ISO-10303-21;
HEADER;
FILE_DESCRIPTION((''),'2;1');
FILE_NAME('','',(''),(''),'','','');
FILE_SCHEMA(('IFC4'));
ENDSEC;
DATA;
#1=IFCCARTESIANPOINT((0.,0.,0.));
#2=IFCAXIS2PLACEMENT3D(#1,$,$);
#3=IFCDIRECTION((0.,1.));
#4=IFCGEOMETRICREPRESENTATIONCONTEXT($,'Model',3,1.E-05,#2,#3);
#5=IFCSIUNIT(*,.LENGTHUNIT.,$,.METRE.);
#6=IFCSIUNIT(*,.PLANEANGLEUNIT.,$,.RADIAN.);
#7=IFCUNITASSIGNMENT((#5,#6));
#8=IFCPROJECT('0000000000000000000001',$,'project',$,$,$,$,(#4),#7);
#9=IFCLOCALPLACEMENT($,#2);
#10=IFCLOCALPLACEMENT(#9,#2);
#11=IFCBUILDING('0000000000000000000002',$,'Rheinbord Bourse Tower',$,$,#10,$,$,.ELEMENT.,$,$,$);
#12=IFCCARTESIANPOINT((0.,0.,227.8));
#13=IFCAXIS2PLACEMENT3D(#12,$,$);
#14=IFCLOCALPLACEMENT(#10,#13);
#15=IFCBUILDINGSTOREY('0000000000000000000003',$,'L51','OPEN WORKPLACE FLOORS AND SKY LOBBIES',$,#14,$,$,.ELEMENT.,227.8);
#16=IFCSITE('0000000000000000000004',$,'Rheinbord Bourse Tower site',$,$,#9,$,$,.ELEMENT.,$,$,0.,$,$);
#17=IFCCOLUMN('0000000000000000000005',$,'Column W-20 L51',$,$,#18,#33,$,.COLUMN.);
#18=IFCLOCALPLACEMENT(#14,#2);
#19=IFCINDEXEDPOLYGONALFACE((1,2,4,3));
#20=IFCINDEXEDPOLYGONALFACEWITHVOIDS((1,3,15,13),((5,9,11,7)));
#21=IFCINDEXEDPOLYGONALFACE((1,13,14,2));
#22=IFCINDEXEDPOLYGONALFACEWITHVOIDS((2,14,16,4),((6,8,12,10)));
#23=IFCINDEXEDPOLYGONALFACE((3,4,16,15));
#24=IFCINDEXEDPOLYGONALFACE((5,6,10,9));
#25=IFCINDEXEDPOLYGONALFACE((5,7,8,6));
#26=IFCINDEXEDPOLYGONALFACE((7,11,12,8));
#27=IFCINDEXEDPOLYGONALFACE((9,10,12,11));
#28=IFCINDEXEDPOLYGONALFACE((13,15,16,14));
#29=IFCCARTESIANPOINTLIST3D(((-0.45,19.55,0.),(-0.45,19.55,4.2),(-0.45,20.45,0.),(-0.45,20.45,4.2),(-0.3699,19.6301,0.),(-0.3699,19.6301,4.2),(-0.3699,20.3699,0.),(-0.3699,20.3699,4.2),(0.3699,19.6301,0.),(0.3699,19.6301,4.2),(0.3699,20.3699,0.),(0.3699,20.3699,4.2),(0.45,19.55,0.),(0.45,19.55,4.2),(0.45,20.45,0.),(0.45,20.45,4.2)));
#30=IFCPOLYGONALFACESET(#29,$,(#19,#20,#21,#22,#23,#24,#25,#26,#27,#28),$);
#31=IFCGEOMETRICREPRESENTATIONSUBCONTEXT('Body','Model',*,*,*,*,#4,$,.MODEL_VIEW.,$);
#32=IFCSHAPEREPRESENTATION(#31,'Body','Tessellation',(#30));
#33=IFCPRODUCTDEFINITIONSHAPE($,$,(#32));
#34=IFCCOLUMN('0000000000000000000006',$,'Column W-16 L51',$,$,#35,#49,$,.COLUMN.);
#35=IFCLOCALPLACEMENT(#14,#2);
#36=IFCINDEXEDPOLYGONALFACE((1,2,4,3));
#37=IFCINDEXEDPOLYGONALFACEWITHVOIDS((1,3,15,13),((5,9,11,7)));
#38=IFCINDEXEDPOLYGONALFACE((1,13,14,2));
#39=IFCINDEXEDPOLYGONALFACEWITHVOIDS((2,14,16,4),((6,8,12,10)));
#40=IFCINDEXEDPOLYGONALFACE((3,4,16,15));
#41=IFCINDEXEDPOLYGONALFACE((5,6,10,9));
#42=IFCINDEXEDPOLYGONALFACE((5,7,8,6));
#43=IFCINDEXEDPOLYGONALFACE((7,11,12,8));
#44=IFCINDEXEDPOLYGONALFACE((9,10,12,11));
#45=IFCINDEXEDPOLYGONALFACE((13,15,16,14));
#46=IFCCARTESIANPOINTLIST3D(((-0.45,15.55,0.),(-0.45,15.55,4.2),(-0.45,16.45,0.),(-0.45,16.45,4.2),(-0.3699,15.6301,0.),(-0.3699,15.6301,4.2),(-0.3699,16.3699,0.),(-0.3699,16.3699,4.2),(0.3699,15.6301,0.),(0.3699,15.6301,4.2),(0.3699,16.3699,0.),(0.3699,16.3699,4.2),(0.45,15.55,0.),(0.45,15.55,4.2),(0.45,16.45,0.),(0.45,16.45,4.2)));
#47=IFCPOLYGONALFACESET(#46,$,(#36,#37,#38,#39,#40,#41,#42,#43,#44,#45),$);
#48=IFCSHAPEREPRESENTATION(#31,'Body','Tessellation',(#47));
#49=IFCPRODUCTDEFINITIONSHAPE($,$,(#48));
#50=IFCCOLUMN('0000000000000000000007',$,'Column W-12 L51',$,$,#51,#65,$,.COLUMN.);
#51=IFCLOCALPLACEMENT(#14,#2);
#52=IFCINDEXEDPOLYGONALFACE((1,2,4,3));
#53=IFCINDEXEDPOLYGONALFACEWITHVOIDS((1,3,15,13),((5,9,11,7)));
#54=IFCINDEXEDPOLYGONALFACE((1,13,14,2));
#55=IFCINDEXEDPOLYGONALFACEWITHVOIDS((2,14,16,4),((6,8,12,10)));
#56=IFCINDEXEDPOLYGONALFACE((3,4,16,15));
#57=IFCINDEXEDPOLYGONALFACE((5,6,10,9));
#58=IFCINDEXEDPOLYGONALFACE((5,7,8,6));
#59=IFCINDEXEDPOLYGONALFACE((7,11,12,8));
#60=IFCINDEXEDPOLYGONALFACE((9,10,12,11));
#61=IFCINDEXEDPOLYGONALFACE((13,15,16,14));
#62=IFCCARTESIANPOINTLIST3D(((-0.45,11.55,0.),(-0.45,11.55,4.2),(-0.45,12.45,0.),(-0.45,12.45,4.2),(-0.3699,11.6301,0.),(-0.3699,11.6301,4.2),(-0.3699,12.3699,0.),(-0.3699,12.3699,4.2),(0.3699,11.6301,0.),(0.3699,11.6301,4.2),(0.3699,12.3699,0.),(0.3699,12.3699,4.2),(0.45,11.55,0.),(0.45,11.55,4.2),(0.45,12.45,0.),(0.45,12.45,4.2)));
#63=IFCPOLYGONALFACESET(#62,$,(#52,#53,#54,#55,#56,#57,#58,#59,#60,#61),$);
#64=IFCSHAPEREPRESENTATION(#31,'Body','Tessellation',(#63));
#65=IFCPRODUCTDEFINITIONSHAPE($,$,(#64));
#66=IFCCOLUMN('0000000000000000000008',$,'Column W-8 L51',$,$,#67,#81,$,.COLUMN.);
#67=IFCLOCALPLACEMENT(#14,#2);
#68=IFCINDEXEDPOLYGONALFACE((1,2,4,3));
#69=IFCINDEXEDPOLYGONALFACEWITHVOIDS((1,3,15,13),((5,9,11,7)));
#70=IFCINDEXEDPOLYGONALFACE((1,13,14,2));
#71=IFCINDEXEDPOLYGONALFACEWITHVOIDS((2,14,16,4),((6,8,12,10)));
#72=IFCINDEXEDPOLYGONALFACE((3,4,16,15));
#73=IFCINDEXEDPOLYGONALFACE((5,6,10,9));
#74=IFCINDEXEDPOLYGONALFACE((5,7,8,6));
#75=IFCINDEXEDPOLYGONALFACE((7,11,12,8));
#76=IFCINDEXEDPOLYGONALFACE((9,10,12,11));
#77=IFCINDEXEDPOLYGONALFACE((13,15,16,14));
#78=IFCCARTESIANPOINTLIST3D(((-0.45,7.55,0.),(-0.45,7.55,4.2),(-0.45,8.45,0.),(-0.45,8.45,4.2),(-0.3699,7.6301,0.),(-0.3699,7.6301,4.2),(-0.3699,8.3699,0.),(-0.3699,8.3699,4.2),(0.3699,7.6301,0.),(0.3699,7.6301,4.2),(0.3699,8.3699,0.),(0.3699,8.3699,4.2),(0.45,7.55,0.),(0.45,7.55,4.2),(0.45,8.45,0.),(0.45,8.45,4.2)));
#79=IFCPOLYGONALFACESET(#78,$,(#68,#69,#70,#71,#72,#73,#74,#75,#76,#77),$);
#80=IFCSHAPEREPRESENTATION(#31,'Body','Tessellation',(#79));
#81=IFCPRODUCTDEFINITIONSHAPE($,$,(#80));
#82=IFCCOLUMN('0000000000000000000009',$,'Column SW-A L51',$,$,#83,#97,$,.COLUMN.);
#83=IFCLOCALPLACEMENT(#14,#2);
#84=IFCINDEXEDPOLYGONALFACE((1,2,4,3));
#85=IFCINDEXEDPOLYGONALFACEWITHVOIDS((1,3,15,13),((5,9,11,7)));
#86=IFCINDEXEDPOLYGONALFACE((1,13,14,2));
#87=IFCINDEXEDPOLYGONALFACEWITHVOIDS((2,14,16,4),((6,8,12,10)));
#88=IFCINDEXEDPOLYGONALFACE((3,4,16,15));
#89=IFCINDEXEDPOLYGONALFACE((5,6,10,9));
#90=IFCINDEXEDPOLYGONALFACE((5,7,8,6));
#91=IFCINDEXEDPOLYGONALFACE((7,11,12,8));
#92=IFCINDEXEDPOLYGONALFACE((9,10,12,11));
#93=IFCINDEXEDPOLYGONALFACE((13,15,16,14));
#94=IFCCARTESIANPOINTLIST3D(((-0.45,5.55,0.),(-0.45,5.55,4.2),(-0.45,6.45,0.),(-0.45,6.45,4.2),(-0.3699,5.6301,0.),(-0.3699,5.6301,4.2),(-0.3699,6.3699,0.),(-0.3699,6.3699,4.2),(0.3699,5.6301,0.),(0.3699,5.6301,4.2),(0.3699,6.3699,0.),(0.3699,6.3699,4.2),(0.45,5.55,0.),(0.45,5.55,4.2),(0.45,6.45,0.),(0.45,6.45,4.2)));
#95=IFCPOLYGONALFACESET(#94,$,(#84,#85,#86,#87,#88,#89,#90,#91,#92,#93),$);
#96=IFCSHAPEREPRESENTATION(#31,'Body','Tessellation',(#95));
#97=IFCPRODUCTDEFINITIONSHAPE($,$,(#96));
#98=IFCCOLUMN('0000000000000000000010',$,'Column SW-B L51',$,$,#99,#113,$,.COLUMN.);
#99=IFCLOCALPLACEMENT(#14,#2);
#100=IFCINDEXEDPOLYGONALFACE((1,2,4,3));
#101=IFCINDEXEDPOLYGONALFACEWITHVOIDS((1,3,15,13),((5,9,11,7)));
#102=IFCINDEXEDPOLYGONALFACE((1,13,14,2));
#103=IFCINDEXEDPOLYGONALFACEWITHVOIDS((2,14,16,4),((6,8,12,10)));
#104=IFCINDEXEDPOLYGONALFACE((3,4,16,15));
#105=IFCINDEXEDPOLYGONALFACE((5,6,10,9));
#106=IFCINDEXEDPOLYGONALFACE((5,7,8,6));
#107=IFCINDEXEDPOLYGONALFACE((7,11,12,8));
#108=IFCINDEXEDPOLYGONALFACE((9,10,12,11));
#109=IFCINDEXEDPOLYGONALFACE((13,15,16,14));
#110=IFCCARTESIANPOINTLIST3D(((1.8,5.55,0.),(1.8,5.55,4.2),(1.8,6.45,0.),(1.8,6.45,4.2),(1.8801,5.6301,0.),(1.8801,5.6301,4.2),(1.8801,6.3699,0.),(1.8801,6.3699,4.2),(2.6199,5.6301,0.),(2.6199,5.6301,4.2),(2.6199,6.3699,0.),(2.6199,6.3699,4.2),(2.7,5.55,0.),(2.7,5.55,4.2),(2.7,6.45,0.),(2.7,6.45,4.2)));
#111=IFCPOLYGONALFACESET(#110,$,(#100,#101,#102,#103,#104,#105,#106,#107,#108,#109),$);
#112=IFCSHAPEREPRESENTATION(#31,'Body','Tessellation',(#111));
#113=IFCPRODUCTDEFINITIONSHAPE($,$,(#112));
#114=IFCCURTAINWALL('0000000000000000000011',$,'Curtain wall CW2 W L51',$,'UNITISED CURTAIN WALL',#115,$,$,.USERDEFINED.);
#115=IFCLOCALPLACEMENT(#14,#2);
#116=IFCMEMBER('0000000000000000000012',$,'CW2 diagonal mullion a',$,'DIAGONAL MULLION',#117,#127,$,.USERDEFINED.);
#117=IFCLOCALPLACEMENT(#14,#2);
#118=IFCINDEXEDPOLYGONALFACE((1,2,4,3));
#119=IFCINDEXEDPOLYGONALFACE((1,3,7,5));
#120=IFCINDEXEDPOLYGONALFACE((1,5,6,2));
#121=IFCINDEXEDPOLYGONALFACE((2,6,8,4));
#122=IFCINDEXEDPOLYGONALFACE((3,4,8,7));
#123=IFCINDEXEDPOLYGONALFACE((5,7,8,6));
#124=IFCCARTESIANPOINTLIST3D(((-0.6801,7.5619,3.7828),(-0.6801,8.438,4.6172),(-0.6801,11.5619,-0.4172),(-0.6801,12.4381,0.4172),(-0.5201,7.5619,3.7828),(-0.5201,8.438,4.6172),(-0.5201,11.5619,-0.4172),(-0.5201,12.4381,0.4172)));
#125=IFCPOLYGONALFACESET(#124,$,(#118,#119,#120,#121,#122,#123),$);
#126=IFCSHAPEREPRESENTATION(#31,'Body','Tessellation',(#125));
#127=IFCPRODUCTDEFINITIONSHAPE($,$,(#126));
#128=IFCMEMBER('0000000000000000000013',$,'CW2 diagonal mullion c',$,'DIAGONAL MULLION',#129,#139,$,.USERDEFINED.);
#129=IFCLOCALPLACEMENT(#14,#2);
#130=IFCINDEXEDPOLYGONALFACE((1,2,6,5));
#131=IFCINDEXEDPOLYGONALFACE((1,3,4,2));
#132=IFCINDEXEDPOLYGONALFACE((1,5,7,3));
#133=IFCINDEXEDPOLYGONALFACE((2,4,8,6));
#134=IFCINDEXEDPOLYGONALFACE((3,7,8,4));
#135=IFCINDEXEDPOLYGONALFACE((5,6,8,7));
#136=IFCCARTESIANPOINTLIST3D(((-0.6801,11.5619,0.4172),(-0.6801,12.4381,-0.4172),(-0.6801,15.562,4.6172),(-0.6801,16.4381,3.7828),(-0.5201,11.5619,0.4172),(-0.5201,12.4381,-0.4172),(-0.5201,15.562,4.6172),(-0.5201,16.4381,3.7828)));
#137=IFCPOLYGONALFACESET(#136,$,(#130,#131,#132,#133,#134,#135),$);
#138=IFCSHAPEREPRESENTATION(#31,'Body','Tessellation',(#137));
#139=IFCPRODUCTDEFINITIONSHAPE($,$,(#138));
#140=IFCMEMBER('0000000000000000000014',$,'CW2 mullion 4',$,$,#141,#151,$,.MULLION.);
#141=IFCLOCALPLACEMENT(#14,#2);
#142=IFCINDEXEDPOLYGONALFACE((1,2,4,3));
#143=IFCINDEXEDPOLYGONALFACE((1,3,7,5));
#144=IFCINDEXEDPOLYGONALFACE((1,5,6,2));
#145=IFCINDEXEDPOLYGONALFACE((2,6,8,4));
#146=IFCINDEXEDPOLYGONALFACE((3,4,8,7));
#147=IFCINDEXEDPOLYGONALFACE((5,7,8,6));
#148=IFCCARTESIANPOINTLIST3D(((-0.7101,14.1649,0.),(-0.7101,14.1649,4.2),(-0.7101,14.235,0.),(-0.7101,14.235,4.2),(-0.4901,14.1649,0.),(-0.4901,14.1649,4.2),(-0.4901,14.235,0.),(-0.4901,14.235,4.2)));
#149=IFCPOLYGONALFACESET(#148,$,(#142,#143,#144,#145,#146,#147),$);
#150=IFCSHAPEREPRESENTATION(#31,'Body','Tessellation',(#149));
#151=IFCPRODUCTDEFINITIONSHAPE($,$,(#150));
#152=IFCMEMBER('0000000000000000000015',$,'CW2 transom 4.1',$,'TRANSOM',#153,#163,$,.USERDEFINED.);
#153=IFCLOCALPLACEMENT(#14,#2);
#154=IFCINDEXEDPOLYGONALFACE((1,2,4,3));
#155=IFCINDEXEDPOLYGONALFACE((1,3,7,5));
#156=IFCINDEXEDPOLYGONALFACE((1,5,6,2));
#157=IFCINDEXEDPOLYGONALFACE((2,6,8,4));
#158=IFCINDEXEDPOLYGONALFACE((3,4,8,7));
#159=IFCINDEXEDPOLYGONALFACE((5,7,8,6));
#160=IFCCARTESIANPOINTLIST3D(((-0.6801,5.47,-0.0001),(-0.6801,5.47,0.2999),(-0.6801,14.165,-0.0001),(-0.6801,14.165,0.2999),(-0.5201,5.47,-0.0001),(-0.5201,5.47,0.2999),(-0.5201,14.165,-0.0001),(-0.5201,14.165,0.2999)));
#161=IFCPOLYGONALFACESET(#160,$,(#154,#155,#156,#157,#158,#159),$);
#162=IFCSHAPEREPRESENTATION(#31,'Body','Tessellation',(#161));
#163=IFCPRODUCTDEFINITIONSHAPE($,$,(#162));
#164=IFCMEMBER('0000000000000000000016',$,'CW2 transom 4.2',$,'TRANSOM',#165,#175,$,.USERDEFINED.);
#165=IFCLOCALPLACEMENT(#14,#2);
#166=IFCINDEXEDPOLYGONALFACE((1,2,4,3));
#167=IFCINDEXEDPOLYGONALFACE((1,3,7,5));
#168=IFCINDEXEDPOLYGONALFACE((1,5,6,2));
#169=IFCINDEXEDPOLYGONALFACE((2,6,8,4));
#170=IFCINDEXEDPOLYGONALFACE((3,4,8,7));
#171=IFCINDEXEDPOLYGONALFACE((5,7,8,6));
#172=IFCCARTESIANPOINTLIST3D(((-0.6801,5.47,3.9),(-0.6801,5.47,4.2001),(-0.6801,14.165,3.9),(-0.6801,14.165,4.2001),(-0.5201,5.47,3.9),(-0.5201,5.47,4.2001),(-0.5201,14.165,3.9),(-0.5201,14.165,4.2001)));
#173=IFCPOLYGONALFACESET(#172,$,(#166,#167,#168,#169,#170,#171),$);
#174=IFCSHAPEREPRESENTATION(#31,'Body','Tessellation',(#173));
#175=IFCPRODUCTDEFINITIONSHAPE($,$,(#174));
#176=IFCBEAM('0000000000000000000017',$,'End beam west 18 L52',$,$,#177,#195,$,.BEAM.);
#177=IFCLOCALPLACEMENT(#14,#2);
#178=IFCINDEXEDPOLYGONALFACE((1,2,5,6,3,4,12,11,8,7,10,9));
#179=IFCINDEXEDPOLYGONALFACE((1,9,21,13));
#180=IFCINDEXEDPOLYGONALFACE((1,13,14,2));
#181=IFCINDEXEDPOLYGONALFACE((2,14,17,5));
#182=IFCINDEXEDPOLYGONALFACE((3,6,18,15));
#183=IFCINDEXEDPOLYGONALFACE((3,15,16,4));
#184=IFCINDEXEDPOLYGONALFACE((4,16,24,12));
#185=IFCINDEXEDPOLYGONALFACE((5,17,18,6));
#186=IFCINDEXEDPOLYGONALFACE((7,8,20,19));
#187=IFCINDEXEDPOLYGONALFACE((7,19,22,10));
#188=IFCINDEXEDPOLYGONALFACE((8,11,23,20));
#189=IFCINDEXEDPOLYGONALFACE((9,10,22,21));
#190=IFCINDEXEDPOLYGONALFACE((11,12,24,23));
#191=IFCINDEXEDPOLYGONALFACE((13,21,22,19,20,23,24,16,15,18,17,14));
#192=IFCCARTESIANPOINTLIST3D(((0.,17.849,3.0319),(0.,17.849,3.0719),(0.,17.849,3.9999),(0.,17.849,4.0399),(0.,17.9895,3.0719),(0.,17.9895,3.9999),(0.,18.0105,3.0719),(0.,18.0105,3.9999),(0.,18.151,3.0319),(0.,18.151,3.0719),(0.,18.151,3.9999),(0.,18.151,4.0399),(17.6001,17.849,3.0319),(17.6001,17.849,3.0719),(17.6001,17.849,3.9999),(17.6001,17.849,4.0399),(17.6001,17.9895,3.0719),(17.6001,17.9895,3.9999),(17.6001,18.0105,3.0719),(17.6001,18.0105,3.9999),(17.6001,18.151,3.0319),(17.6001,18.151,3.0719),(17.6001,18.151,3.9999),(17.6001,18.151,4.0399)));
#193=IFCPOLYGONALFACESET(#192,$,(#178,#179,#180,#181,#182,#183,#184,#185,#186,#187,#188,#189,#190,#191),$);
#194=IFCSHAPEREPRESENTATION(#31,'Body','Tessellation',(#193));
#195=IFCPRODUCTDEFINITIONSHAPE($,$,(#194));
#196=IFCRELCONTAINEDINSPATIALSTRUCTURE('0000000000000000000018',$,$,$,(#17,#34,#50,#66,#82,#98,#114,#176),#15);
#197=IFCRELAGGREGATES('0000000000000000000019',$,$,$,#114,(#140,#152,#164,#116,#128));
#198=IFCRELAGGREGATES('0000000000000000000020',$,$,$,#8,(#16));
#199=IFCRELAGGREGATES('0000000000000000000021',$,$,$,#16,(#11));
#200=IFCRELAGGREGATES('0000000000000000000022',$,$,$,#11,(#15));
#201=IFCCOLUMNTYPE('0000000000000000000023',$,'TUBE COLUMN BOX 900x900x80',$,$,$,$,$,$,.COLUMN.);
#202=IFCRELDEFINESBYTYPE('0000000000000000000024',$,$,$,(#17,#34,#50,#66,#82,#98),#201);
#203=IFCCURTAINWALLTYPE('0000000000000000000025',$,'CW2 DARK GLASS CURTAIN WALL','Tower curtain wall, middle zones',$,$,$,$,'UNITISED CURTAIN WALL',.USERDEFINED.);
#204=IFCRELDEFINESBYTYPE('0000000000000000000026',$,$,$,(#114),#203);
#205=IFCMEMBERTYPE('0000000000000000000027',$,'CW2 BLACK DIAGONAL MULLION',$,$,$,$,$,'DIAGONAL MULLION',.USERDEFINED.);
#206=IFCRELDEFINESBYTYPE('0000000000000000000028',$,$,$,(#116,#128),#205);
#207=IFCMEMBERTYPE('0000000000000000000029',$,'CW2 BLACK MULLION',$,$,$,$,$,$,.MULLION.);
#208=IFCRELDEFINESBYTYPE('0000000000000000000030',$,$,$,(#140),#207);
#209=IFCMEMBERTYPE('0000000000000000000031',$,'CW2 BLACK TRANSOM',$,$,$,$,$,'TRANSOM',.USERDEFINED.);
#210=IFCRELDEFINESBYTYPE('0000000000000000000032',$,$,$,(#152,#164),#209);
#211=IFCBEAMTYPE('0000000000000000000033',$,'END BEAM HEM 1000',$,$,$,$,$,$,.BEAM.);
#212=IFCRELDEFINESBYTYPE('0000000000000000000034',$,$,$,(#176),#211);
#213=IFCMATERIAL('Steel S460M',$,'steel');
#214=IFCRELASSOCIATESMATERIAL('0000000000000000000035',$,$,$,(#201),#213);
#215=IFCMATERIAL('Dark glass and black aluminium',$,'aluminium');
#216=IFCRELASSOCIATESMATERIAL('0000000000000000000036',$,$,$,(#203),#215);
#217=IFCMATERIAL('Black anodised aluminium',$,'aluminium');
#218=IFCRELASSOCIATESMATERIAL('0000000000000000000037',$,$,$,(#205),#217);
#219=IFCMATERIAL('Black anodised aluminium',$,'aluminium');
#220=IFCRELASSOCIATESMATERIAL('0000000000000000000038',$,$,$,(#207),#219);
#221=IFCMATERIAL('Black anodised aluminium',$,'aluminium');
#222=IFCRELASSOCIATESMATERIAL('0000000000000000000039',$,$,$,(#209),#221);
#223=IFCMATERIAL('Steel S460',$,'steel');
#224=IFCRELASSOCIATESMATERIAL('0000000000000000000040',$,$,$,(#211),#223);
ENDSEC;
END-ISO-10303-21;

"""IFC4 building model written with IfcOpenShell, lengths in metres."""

from ifc_helpers import new_model, si_unit, direction, frame, origin, origin_2d, place, context, subcontext, project, spatial, rectangle, hollow_rectangle, i_section, extrude, material, material_profile, profile_set, type_object, element, aggregate, save


model = new_model("IFC4")

# Units and contexts
model_context = context("Model", 3, precision=1e-05, world=origin(), true_north=direction((0.0, 1.0)))
body_context = subcontext(model_context, "Body", "Model", "MODEL_VIEW")
ifc_project = project(units=[si_unit("LENGTHUNIT", "METRE"), si_unit("PLANEANGLEUNIT", "RADIAN")], contexts=[model_context])

# Site, building, storey
site_placement = place(None, origin())
site = spatial("IfcSite", under=ifc_project, at=site_placement, Name="Rheinbord Bourse Tower site", CompositionType="ELEMENT", RefElevation=0.0)
building_placement = place(site_placement, origin())
building = spatial("IfcBuilding", under=site, at=building_placement, Name="Rheinbord Bourse Tower", CompositionType="ELEMENT")
storey_placement = place(building_placement, frame((0.0, 0.0, 227.8)))
storey = spatial("IfcBuildingStorey", under=building, at=storey_placement, Name="L51", Description="OPEN WORKPLACE FLOORS AND SKY LOBBIES", CompositionType="ELEMENT", Elevation=227.8)

# Columns
ifc_material_1 = material(Name="Steel S460M", Category="steel")
ifc_material_profile_1 = material_profile(ifc_material_1, hollow_rectangle(XDim=0.8999, YDim=0.8999, WallThickness=0.0801, at=origin_2d()), Name="BOX 900x900x80")
ifc_profile_set_1 = profile_set([ifc_material_profile_1], Name="Steel S460M")
column_type = type_object("IfcColumnType", Name="TUBE COLUMN BOX 900x900x80", PredefinedType="COLUMN", material=ifc_profile_set_1)
for number, where, z_axis, x_axis, name in (
    (1, (0.0, 20.0, 0.0), (0.0, 0.0, 1.0), (1.0, 0.0, 0.0), "Column W-20 L51"),
    (2, (0.0, 16.0, 0.0), (0.0, 0.0, 1.0), (1.0, 0.0, 0.0), "Column W-16 L51"),
    (3, (0.0, 12.0, 0.0), (0.0, 0.0, 1.0), (1.0, 0.0, 0.0), "Column W-12 L51"),
    (4, (0.0, 8.0, 0.0), (0.0, 0.0, 1.0), (1.0, 0.0, 0.0), "Column W-8 L51"),
    (5, (0.0, 6.0, 0.0), (0.0, 0.0, 1.0), (1.0, 0.0, 0.0), "Column SW-A L51"),
    (6, (2.25, 6.0, 0.0), (0.0, 0.0, 1.0), (1.0, 0.0, 0.0), "Column SW-B L51"),
):
    element("IfcColumn", number, at=place(storey_placement, frame(where, z_axis=z_axis, x_axis=x_axis)), inside=storey, type_object=column_type, Name=name, PredefinedType="COLUMN", context=body_context, shape_type="SweptSolid", body=[
        extrude(hollow_rectangle(XDim=0.8999, YDim=0.8999, WallThickness=0.0801, at=origin_2d()), origin(), (0.0, 0.0, 1.0), 4.2),
    ])

# Curtain wall, members
ifc_material_2 = material(Name="Dark glass and black aluminium", Category="aluminium")
curtain_wall_type = type_object("IfcCurtainWallType", Name="CW2 DARK GLASS CURTAIN WALL", Description="Tower curtain wall, middle zones", ElementType="UNITISED CURTAIN WALL", PredefinedType="USERDEFINED", material=ifc_material_2)
curtain_wall_placement = place(storey_placement, origin())
curtain_wall = element("IfcCurtainWall", 7, at=curtain_wall_placement, inside=storey, type_object=curtain_wall_type, Name="Curtain wall CW2 W L51", ObjectType="UNITISED CURTAIN WALL", PredefinedType="USERDEFINED")
ifc_material_3 = material(Name="Black anodised aluminium", Category="aluminium")
ifc_material_profile_2 = material_profile(ifc_material_3, rectangle(XDim=0.1599, YDim=1.21, at=origin_2d()), Name="CW2 DIAGONAL MULLION 1210x160")
ifc_profile_set_2 = profile_set([ifc_material_profile_2], Name="Black anodised aluminium")
member_type_1 = type_object("IfcMemberType", Name="CW2 BLACK DIAGONAL MULLION", ElementType="DIAGONAL MULLION", PredefinedType="USERDEFINED", material=ifc_profile_set_2)
member_1_placement = place(storey_placement, frame((-0.6001, 12.0, 0.0), z_axis=(0.0, -0.689659, 0.724134), x_axis=(1.0, 0.0, 0.0)))
member_1 = element("IfcMember", 8, at=member_1_placement, type_object=member_type_1, Name="CW2 diagonal mullion a", ObjectType="DIAGONAL MULLION", PredefinedType="USERDEFINED", context=body_context, shape_type="SweptSolid", body=[
    extrude(rectangle(XDim=0.1599, YDim=1.21, at=origin_2d()), origin(), (0.0, 0.0, 1.0), 5.8),
])
member_2_placement = place(storey_placement, frame((-0.6001, 12.0, 0.0), z_axis=(0.0, 0.689659, 0.724134), x_axis=(-1.0, 0.0, 0.0)))
member_2 = element("IfcMember", 9, at=member_2_placement, type_object=member_type_1, Name="CW2 diagonal mullion c", ObjectType="DIAGONAL MULLION", PredefinedType="USERDEFINED", context=body_context, shape_type="SweptSolid", body=[
    extrude(rectangle(XDim=0.1599, YDim=1.21, at=origin_2d()), origin(), (0.0, 0.0, 1.0), 5.8),
])
ifc_material_4 = material(Name="Black anodised aluminium", Category="aluminium")
ifc_material_profile_3 = material_profile(ifc_material_4, rectangle(XDim=0.22, YDim=0.0701, at=origin_2d()), Name="CW2 MULLION 70x220")
ifc_profile_set_3 = profile_set([ifc_material_profile_3], Name="Black anodised aluminium")
member_type_2 = type_object("IfcMemberType", Name="CW2 BLACK MULLION", PredefinedType="MULLION", material=ifc_profile_set_3)
member_3_placement = place(storey_placement, frame((-0.6001, 14.2, 0.0), z_axis=(0.0, 0.0, 1.0), x_axis=(1.0, 0.0, 0.0)))
member_3 = element("IfcMember", 10, at=member_3_placement, type_object=member_type_2, Name="CW2 mullion 4", PredefinedType="MULLION", context=body_context, shape_type="SweptSolid", body=[
    extrude(rectangle(XDim=0.22, YDim=0.0701, at=origin_2d()), origin(), (0.0, 0.0, 1.0), 4.2),
])
ifc_material_5 = material(Name="Black anodised aluminium", Category="aluminium")
ifc_material_profile_4 = material_profile(ifc_material_5, rectangle(XDim=0.1599, YDim=0.3, at=origin_2d()), Name="CW2 TRANSOM 300x160")
ifc_profile_set_4 = profile_set([ifc_material_profile_4], Name="Black anodised aluminium")
member_type_3 = type_object("IfcMemberType", Name="CW2 BLACK TRANSOM", ElementType="TRANSOM", PredefinedType="USERDEFINED", material=ifc_profile_set_4)
member_4_placement = place(storey_placement, frame((-0.6001, 14.165, 0.1499), z_axis=(0.0, -1.0, 0.0), x_axis=(1.0, 0.0, 0.0)))
member_4 = element("IfcMember", 11, at=member_4_placement, type_object=member_type_3, Name="CW2 transom 4.1", ObjectType="TRANSOM", PredefinedType="USERDEFINED", context=body_context, shape_type="SweptSolid", body=[
    extrude(rectangle(XDim=0.1599, YDim=0.3, at=origin_2d()), origin(), (0.0, 0.0, 1.0), 8.6951),
])
member_5_placement = place(storey_placement, frame((-0.6001, 14.165, 4.05), z_axis=(0.0, -1.0, 0.0), x_axis=(1.0, 0.0, 0.0)))
member_5 = element("IfcMember", 12, at=member_5_placement, type_object=member_type_3, Name="CW2 transom 4.2", ObjectType="TRANSOM", PredefinedType="USERDEFINED", context=body_context, shape_type="SweptSolid", body=[
    extrude(rectangle(XDim=0.1599, YDim=0.3, at=origin_2d()), origin(), (0.0, 0.0, 1.0), 8.6951),
])

# Beam
ifc_material_6 = material(Name="Steel S460", Category="steel")
ifc_material_profile_5 = material_profile(ifc_material_6, i_section(OverallWidth=0.302, OverallDepth=1.0081, WebThickness=0.021, FlangeThickness=0.04, at=origin_2d()), Name="HEM 1000")
ifc_profile_set_5 = profile_set([ifc_material_profile_5], Name="Steel S460")
beam_type_1 = type_object("IfcBeamType", Name="END BEAM HEM 1000", PredefinedType="BEAM", material=ifc_profile_set_5)
for number, where, z_axis, x_axis, name in (
    (13, (0.0, 18.0, 3.5359), (1.0, 0.0, 0.0), (0.0, 1.0, 0.0), "End beam west 18 L52"),
):
    element("IfcBeam", number, at=place(storey_placement, frame(where, z_axis=z_axis, x_axis=x_axis)), inside=storey, type_object=beam_type_1, Name=name, PredefinedType="BEAM", context=body_context, shape_type="SweptSolid", body=[
        extrude(i_section(OverallWidth=0.302, OverallDepth=1.0081, WebThickness=0.021, FlangeThickness=0.04, at=origin_2d()), origin(), (0.0, 0.0, 1.0), 17.6001),
    ])

aggregate(curtain_wall, [member_3, member_4, member_5, member_1, member_2])

save(model, "model.ifc")
